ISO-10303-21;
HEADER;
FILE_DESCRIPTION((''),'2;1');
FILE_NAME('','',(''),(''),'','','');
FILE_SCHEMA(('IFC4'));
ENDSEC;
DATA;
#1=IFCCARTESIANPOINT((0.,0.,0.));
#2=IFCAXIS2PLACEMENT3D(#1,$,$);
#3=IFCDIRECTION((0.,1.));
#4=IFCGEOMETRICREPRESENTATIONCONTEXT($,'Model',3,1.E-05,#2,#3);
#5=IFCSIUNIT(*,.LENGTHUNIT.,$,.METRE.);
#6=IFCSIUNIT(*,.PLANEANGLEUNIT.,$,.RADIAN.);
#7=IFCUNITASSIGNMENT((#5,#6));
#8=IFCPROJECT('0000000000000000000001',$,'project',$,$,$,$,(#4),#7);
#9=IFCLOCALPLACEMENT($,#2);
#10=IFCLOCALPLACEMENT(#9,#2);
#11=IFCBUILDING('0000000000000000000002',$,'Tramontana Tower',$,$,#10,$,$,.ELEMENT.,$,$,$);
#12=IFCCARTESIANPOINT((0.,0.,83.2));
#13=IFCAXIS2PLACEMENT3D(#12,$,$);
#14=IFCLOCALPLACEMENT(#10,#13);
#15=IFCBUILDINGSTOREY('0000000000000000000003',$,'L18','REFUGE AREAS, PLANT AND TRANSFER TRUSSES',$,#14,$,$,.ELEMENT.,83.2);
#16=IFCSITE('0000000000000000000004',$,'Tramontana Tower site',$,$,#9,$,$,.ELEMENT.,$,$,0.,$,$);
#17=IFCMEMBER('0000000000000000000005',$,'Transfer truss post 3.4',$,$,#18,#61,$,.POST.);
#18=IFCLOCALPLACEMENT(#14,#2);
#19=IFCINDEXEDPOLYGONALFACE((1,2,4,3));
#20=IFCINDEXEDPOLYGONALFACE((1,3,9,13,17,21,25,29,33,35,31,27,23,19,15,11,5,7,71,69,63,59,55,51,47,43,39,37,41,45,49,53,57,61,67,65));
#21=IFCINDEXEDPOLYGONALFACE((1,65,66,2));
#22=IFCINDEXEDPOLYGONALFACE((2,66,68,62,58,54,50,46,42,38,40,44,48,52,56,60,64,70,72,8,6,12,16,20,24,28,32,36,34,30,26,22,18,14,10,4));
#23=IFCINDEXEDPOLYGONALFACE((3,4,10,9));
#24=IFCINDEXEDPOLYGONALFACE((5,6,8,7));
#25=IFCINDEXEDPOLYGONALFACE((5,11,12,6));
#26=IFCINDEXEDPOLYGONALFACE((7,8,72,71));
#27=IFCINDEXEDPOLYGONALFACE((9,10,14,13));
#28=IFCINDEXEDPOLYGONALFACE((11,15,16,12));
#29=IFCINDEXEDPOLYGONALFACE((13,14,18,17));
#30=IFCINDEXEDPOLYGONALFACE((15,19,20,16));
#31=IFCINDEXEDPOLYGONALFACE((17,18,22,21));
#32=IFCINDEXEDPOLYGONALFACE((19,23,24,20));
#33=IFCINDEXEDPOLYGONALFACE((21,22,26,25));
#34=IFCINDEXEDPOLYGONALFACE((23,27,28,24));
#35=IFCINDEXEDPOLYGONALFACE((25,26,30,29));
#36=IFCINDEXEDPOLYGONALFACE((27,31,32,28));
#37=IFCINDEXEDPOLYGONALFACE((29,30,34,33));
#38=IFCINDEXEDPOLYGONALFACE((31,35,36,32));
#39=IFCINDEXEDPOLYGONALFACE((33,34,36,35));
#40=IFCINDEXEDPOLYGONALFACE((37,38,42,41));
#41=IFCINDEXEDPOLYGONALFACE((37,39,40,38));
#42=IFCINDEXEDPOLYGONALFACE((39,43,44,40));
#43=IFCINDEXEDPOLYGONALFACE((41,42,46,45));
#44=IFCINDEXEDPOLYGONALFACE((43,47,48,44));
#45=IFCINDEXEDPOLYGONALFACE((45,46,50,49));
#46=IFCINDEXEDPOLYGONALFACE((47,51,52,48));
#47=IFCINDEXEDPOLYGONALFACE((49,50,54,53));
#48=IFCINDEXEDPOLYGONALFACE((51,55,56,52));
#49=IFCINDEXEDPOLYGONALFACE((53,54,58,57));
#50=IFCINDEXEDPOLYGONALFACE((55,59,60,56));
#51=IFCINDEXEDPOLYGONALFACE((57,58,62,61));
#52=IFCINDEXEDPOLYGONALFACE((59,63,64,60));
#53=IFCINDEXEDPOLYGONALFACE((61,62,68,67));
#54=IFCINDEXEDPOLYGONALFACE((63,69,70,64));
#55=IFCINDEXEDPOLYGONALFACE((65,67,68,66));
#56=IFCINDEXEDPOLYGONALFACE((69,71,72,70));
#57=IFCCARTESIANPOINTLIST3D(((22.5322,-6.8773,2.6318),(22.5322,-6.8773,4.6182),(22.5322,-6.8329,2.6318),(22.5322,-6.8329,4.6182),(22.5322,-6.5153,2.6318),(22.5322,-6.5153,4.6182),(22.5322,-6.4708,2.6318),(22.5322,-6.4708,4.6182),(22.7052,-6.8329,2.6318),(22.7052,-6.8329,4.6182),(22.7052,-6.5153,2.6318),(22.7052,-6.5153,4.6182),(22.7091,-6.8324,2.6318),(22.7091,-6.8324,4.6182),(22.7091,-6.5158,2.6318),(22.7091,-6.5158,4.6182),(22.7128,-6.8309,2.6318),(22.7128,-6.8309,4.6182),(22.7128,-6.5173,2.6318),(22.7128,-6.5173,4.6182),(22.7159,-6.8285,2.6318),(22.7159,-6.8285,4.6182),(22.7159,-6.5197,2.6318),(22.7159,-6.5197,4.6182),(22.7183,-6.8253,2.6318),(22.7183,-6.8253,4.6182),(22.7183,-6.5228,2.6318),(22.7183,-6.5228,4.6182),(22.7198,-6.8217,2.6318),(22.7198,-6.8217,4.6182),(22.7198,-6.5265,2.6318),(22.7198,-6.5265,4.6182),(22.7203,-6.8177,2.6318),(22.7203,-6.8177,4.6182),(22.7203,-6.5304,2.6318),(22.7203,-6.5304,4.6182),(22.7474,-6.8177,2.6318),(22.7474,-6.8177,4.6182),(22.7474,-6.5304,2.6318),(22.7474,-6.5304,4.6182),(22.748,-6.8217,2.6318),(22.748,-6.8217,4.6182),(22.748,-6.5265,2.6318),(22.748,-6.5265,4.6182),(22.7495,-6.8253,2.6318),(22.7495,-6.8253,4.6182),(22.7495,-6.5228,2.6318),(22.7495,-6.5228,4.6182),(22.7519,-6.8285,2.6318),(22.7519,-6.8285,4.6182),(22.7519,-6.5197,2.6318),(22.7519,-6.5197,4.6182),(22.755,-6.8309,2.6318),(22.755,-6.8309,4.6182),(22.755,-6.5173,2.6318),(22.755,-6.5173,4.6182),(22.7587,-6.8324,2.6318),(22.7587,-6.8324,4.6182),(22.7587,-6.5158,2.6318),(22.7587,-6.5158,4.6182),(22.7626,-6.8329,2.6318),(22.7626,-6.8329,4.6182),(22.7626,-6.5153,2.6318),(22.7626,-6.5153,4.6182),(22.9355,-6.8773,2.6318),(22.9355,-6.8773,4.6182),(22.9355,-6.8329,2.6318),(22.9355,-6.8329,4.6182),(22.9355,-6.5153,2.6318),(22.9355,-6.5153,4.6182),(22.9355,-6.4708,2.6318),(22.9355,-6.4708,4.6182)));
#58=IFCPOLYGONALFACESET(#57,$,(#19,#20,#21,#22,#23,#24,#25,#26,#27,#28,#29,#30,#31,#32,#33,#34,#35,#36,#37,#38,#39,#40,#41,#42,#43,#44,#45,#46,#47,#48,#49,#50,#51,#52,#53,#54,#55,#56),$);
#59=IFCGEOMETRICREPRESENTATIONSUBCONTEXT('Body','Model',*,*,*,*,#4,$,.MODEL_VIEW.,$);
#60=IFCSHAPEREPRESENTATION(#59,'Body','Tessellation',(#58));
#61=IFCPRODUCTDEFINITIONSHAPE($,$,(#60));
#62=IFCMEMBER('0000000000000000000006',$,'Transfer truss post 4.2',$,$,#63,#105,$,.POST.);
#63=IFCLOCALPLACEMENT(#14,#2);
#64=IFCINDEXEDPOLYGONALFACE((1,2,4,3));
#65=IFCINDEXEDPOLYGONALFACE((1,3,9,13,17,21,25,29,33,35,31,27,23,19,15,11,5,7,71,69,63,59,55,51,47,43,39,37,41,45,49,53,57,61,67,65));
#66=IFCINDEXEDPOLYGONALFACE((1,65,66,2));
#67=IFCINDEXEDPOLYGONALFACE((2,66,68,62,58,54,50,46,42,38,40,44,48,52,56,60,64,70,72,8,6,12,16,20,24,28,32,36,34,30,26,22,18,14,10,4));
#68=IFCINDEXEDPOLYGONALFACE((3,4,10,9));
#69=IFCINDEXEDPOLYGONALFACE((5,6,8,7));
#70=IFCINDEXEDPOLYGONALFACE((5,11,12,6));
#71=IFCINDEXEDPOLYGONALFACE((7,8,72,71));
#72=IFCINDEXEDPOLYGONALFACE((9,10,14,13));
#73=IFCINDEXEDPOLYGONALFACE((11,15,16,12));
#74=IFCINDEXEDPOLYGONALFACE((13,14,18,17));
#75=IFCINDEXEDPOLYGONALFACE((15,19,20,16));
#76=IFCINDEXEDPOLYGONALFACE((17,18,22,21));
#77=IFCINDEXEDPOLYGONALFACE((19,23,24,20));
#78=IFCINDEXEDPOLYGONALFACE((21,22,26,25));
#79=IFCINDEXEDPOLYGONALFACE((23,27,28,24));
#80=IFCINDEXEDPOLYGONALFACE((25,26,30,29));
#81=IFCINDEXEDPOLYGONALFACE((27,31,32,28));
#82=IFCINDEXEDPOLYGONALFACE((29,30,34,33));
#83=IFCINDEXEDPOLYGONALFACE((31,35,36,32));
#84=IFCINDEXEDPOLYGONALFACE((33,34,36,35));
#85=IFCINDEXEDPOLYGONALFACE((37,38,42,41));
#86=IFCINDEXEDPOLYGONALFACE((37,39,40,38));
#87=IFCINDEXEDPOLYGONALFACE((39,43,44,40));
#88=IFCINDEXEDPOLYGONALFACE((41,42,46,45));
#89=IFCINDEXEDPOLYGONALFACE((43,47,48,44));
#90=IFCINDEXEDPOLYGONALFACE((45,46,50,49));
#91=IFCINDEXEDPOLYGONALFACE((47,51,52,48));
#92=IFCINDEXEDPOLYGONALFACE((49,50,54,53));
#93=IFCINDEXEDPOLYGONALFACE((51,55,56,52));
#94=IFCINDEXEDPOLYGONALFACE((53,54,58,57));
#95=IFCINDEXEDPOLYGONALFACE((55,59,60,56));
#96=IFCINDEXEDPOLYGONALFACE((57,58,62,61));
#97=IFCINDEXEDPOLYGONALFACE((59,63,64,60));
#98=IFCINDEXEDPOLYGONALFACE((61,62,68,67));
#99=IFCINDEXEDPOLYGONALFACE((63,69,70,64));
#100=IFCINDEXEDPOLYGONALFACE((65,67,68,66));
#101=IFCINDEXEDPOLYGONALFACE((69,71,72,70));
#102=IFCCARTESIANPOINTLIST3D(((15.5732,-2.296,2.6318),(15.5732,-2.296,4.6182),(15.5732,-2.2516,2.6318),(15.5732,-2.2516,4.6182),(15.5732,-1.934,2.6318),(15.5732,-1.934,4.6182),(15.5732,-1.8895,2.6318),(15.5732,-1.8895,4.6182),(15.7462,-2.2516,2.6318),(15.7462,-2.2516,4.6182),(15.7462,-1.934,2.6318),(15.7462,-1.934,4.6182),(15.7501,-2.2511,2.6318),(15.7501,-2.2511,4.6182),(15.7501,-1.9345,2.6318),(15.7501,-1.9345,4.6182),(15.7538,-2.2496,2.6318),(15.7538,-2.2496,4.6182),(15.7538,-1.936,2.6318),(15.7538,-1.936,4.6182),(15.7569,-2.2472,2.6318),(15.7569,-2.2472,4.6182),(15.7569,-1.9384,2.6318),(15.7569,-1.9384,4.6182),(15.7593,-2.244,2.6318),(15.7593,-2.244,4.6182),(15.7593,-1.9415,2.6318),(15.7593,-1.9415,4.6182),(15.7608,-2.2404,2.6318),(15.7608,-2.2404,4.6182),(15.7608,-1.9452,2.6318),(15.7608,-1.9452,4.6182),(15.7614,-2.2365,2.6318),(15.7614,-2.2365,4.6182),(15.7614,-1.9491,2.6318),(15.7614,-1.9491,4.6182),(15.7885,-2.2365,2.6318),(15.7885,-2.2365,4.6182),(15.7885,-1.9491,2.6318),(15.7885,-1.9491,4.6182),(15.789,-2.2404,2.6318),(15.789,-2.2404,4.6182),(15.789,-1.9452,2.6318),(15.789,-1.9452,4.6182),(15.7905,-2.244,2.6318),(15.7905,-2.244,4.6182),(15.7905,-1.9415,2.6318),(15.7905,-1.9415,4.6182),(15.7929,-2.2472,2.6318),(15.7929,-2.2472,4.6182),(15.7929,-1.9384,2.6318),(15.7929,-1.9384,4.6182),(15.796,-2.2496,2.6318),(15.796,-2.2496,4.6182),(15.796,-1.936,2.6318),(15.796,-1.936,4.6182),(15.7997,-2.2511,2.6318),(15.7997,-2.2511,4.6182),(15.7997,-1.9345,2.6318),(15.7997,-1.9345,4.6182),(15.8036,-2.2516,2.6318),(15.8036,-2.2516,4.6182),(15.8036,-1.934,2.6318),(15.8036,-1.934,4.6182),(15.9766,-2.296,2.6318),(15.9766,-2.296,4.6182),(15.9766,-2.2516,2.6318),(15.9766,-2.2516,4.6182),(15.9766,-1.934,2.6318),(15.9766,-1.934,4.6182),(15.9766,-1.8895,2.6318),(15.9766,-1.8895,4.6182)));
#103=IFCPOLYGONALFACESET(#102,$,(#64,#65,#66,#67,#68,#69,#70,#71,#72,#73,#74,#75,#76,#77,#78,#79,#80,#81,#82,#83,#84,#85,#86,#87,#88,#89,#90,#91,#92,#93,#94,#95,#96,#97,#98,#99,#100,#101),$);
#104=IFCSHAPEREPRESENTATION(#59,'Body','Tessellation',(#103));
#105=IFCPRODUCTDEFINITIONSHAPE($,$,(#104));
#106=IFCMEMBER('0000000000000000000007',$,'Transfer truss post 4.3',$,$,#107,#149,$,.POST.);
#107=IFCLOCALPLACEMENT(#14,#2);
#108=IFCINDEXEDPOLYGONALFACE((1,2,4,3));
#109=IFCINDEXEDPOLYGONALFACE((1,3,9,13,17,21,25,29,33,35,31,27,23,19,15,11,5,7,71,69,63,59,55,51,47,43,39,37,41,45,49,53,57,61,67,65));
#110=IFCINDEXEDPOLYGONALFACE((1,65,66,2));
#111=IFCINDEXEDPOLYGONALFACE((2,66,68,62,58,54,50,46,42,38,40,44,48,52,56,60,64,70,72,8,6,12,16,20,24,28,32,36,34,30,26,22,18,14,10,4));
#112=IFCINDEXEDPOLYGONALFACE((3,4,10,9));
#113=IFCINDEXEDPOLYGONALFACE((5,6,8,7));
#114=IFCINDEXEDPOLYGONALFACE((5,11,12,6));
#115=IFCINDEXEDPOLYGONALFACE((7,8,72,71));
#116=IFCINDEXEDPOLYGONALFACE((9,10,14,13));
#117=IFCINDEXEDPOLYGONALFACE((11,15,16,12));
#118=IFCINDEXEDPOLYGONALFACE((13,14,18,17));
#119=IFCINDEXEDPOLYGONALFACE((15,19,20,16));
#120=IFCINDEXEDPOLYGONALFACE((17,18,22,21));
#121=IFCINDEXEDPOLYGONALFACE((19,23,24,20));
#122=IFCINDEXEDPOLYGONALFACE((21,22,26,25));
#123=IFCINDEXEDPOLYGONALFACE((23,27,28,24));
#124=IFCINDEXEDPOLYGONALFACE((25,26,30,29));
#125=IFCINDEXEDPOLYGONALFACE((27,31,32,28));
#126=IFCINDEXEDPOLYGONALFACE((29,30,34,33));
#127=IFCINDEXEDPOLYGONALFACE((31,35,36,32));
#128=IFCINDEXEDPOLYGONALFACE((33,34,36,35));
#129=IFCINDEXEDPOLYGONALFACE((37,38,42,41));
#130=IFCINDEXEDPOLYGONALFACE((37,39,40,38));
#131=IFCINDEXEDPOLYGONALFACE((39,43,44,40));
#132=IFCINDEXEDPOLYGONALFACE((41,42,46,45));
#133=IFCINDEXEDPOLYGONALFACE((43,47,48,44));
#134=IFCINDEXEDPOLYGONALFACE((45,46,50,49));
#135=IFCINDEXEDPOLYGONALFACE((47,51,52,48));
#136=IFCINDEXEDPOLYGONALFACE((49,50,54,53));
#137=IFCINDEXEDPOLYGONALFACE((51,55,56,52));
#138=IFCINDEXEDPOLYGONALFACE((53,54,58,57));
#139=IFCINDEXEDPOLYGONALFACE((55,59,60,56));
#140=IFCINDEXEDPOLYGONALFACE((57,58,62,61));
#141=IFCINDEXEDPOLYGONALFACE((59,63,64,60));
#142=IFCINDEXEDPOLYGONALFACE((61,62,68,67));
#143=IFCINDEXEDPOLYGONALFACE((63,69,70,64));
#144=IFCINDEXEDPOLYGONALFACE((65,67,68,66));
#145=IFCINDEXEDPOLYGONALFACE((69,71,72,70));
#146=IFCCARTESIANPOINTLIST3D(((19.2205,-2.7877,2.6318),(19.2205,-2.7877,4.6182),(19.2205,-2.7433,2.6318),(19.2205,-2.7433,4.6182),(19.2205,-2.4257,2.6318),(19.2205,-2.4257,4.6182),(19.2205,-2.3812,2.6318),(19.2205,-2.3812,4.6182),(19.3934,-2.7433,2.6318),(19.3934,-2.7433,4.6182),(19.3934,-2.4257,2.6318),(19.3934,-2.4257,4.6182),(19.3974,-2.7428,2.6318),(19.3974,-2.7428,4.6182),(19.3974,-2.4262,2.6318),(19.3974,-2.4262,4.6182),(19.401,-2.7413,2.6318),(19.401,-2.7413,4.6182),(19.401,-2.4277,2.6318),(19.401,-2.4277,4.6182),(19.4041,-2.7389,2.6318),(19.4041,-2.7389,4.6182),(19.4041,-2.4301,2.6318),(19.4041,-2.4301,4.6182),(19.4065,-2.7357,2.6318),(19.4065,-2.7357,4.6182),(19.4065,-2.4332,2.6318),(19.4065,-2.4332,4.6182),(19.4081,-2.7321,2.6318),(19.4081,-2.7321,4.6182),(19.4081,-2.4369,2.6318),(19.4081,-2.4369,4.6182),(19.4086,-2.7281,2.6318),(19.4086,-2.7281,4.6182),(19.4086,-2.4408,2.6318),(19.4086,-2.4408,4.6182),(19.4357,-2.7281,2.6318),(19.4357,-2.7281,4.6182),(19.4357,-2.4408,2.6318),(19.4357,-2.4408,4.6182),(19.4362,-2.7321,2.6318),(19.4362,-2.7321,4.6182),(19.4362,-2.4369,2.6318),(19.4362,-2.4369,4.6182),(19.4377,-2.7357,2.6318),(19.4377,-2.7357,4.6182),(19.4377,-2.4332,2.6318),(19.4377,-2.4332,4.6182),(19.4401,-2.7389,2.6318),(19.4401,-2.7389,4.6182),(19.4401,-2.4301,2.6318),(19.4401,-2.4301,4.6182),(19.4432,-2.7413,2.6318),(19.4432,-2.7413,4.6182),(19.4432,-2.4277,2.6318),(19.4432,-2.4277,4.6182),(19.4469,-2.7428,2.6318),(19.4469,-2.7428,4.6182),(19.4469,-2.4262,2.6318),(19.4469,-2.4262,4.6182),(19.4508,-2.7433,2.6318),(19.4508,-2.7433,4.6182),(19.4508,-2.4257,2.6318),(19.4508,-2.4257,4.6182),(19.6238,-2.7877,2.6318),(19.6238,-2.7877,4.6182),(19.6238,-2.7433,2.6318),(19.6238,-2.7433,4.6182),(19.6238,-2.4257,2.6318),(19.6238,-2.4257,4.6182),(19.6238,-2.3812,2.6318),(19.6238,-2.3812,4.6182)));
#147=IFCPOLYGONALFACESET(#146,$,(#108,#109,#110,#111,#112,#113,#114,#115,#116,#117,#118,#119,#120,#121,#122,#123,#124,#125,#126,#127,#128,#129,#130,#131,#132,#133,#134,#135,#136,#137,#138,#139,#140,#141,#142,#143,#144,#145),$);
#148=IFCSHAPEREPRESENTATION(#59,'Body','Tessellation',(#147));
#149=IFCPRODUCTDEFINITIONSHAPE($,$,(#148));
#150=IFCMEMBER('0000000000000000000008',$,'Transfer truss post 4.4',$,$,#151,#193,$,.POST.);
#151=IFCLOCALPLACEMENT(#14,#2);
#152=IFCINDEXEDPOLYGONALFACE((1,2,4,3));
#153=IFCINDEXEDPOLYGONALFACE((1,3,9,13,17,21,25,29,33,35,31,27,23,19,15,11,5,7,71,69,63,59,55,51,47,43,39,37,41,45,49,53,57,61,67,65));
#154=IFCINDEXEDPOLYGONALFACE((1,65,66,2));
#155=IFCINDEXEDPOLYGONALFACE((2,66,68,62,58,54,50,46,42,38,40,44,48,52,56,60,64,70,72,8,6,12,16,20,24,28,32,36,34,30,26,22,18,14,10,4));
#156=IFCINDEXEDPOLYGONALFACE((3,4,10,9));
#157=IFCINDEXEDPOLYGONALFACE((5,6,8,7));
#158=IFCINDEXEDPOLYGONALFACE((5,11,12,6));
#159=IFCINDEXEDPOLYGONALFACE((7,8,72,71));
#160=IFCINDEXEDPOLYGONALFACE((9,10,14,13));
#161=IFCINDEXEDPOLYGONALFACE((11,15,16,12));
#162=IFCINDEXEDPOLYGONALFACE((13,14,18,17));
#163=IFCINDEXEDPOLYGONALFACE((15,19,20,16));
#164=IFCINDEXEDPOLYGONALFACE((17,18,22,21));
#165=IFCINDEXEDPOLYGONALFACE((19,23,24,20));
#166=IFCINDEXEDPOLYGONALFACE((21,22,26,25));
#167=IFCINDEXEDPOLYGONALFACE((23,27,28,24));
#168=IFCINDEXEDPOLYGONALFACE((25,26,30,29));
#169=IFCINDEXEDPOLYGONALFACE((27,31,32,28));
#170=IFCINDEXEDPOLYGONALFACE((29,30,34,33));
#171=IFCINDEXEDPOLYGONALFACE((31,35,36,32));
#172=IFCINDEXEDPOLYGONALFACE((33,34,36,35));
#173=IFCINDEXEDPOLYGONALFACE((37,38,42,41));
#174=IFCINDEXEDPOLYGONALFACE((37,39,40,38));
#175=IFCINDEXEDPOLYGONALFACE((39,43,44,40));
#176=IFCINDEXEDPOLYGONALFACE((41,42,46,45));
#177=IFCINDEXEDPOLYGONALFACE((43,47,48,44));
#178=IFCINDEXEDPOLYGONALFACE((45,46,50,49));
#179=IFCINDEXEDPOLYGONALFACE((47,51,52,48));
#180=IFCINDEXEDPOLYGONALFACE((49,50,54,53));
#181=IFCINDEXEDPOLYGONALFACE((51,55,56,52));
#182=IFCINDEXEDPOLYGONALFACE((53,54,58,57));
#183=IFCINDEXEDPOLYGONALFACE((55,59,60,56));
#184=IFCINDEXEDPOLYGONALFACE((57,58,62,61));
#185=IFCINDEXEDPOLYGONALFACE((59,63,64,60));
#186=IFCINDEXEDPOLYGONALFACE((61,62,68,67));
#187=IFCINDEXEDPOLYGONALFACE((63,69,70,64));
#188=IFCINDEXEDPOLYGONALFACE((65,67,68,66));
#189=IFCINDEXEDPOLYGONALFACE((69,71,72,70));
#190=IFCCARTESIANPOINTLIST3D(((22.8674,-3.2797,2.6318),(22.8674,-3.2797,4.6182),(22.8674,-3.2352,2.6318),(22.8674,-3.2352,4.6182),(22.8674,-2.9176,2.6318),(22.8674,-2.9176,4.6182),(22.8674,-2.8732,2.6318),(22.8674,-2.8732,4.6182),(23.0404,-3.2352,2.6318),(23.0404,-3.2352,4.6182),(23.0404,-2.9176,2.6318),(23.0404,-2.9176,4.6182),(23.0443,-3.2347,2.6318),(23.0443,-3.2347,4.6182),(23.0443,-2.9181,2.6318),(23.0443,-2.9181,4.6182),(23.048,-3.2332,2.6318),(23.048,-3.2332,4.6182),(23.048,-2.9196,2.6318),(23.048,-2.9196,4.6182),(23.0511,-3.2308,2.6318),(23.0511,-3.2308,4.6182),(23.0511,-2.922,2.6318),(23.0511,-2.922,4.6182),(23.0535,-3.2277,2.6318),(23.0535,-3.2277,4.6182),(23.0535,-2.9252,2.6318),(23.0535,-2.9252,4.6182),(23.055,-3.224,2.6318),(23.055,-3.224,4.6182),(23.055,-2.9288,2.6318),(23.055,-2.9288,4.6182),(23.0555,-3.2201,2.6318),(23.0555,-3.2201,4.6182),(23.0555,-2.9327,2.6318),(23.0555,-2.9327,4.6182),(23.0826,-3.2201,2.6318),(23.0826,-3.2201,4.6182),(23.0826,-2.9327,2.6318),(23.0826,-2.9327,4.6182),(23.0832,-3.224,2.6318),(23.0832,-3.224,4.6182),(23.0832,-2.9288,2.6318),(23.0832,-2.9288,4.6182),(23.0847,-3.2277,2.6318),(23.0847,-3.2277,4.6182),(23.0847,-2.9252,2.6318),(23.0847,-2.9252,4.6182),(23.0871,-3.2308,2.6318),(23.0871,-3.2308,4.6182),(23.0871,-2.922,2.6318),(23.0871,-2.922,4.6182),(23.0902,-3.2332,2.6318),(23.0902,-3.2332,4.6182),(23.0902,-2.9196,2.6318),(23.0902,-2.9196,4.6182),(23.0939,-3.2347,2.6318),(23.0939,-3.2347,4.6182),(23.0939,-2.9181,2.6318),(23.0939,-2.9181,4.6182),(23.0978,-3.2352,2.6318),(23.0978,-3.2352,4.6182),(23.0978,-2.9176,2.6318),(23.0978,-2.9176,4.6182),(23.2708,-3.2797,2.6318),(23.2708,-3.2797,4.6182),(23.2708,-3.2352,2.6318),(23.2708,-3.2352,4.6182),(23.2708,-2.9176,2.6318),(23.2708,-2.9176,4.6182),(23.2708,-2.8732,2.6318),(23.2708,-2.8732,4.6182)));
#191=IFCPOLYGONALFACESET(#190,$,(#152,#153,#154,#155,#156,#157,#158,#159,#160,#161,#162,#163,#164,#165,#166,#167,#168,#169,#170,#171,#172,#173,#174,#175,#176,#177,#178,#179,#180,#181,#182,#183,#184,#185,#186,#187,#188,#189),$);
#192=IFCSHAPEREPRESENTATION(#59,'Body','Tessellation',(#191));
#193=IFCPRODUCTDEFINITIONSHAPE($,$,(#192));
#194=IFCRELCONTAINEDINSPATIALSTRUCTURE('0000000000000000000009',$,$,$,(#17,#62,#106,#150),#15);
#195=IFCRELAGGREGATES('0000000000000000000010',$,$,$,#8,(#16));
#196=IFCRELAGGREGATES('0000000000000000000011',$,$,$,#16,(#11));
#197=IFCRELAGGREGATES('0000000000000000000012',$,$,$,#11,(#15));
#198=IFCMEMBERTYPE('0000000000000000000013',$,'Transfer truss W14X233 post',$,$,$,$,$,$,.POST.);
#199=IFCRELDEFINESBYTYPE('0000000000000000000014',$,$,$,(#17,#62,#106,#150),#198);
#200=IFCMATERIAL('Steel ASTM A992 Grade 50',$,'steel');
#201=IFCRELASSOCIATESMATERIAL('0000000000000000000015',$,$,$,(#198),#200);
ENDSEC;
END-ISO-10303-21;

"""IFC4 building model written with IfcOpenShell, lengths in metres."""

from ifc_helpers import new_model, si_unit, direction, frame, origin, origin_2d, place, context, subcontext, project, spatial, i_section, extrude, material, material_profile, profile_set, type_object, element, save


model = new_model("IFC4")

# Units and contexts
model_context = context("Model", 3, precision=1e-05, world=origin(), true_north=direction((0.0, 1.0)))
body_context = subcontext(model_context, "Body", "Model", "MODEL_VIEW")
ifc_project = project(units=[si_unit("LENGTHUNIT", "METRE"), si_unit("PLANEANGLEUNIT", "RADIAN")], contexts=[model_context])

# Site, building, storey
site_placement = place(None, origin())
site = spatial("IfcSite", under=ifc_project, at=site_placement, Name="Tramontana Tower site", CompositionType="ELEMENT", RefElevation=0.0)
building_placement = place(site_placement, origin())
building = spatial("IfcBuilding", under=site, at=building_placement, Name="Tramontana Tower", CompositionType="ELEMENT")
storey_placement = place(building_placement, frame((0.0, 0.0, 83.2)))
storey = spatial("IfcBuildingStorey", under=building, at=storey_placement, Name="L18", Description="REFUGE AREAS, PLANT AND TRANSFER TRUSSES", CompositionType="ELEMENT", Elevation=83.2)

# Members
ifc_material_1 = material(Name="Steel ASTM A992 Grade 50", Category="steel")
ifc_material_profile_1 = material_profile(ifc_material_1, i_section(OverallWidth=0.4033, OverallDepth=0.4065, WebThickness=0.0271, FlangeThickness=0.0444, FilletRadius=0.0151, at=origin_2d()), Name="W14X233")
ifc_profile_set_1 = profile_set([ifc_material_profile_1], Name="Steel ASTM A992 Grade 50")
member_type_1 = type_object("IfcMemberType", Name="Transfer truss W14X233 post", PredefinedType="POST", material=ifc_profile_set_1)
for number, where, z_axis, x_axis, name in (
    (1, (22.7339, -6.6741, 2.6318), (0.0, 0.0, 1.0), (1.0, 0.0, 0.0), "Transfer truss post 3.4"),
    (2, (15.7749, -2.0928, 2.6318), (0.0, 0.0, 1.0), (1.0, 0.0, 0.0), "Transfer truss post 4.2"),
    (3, (19.4221, -2.5845, 2.6318), (0.0, 0.0, 1.0), (1.0, 0.0, 0.0), "Transfer truss post 4.3"),
    (4, (23.0691, -3.0764, 2.6318), (0.0, 0.0, 1.0), (1.0, 0.0, 0.0), "Transfer truss post 4.4"),
):
    element("IfcMember", number, at=place(storey_placement, frame(where, z_axis=z_axis, x_axis=x_axis)), inside=storey, type_object=member_type_1, Name=name, PredefinedType="POST", context=body_context, shape_type="SweptSolid", body=[
        extrude(i_section(OverallWidth=0.4033, OverallDepth=0.4065, WebThickness=0.0271, FlangeThickness=0.0444, FilletRadius=0.0151, at=origin_2d()), origin(), (0.0, 0.0, 1.0), 1.9863),
    ])

save(model, "model.ifc")
